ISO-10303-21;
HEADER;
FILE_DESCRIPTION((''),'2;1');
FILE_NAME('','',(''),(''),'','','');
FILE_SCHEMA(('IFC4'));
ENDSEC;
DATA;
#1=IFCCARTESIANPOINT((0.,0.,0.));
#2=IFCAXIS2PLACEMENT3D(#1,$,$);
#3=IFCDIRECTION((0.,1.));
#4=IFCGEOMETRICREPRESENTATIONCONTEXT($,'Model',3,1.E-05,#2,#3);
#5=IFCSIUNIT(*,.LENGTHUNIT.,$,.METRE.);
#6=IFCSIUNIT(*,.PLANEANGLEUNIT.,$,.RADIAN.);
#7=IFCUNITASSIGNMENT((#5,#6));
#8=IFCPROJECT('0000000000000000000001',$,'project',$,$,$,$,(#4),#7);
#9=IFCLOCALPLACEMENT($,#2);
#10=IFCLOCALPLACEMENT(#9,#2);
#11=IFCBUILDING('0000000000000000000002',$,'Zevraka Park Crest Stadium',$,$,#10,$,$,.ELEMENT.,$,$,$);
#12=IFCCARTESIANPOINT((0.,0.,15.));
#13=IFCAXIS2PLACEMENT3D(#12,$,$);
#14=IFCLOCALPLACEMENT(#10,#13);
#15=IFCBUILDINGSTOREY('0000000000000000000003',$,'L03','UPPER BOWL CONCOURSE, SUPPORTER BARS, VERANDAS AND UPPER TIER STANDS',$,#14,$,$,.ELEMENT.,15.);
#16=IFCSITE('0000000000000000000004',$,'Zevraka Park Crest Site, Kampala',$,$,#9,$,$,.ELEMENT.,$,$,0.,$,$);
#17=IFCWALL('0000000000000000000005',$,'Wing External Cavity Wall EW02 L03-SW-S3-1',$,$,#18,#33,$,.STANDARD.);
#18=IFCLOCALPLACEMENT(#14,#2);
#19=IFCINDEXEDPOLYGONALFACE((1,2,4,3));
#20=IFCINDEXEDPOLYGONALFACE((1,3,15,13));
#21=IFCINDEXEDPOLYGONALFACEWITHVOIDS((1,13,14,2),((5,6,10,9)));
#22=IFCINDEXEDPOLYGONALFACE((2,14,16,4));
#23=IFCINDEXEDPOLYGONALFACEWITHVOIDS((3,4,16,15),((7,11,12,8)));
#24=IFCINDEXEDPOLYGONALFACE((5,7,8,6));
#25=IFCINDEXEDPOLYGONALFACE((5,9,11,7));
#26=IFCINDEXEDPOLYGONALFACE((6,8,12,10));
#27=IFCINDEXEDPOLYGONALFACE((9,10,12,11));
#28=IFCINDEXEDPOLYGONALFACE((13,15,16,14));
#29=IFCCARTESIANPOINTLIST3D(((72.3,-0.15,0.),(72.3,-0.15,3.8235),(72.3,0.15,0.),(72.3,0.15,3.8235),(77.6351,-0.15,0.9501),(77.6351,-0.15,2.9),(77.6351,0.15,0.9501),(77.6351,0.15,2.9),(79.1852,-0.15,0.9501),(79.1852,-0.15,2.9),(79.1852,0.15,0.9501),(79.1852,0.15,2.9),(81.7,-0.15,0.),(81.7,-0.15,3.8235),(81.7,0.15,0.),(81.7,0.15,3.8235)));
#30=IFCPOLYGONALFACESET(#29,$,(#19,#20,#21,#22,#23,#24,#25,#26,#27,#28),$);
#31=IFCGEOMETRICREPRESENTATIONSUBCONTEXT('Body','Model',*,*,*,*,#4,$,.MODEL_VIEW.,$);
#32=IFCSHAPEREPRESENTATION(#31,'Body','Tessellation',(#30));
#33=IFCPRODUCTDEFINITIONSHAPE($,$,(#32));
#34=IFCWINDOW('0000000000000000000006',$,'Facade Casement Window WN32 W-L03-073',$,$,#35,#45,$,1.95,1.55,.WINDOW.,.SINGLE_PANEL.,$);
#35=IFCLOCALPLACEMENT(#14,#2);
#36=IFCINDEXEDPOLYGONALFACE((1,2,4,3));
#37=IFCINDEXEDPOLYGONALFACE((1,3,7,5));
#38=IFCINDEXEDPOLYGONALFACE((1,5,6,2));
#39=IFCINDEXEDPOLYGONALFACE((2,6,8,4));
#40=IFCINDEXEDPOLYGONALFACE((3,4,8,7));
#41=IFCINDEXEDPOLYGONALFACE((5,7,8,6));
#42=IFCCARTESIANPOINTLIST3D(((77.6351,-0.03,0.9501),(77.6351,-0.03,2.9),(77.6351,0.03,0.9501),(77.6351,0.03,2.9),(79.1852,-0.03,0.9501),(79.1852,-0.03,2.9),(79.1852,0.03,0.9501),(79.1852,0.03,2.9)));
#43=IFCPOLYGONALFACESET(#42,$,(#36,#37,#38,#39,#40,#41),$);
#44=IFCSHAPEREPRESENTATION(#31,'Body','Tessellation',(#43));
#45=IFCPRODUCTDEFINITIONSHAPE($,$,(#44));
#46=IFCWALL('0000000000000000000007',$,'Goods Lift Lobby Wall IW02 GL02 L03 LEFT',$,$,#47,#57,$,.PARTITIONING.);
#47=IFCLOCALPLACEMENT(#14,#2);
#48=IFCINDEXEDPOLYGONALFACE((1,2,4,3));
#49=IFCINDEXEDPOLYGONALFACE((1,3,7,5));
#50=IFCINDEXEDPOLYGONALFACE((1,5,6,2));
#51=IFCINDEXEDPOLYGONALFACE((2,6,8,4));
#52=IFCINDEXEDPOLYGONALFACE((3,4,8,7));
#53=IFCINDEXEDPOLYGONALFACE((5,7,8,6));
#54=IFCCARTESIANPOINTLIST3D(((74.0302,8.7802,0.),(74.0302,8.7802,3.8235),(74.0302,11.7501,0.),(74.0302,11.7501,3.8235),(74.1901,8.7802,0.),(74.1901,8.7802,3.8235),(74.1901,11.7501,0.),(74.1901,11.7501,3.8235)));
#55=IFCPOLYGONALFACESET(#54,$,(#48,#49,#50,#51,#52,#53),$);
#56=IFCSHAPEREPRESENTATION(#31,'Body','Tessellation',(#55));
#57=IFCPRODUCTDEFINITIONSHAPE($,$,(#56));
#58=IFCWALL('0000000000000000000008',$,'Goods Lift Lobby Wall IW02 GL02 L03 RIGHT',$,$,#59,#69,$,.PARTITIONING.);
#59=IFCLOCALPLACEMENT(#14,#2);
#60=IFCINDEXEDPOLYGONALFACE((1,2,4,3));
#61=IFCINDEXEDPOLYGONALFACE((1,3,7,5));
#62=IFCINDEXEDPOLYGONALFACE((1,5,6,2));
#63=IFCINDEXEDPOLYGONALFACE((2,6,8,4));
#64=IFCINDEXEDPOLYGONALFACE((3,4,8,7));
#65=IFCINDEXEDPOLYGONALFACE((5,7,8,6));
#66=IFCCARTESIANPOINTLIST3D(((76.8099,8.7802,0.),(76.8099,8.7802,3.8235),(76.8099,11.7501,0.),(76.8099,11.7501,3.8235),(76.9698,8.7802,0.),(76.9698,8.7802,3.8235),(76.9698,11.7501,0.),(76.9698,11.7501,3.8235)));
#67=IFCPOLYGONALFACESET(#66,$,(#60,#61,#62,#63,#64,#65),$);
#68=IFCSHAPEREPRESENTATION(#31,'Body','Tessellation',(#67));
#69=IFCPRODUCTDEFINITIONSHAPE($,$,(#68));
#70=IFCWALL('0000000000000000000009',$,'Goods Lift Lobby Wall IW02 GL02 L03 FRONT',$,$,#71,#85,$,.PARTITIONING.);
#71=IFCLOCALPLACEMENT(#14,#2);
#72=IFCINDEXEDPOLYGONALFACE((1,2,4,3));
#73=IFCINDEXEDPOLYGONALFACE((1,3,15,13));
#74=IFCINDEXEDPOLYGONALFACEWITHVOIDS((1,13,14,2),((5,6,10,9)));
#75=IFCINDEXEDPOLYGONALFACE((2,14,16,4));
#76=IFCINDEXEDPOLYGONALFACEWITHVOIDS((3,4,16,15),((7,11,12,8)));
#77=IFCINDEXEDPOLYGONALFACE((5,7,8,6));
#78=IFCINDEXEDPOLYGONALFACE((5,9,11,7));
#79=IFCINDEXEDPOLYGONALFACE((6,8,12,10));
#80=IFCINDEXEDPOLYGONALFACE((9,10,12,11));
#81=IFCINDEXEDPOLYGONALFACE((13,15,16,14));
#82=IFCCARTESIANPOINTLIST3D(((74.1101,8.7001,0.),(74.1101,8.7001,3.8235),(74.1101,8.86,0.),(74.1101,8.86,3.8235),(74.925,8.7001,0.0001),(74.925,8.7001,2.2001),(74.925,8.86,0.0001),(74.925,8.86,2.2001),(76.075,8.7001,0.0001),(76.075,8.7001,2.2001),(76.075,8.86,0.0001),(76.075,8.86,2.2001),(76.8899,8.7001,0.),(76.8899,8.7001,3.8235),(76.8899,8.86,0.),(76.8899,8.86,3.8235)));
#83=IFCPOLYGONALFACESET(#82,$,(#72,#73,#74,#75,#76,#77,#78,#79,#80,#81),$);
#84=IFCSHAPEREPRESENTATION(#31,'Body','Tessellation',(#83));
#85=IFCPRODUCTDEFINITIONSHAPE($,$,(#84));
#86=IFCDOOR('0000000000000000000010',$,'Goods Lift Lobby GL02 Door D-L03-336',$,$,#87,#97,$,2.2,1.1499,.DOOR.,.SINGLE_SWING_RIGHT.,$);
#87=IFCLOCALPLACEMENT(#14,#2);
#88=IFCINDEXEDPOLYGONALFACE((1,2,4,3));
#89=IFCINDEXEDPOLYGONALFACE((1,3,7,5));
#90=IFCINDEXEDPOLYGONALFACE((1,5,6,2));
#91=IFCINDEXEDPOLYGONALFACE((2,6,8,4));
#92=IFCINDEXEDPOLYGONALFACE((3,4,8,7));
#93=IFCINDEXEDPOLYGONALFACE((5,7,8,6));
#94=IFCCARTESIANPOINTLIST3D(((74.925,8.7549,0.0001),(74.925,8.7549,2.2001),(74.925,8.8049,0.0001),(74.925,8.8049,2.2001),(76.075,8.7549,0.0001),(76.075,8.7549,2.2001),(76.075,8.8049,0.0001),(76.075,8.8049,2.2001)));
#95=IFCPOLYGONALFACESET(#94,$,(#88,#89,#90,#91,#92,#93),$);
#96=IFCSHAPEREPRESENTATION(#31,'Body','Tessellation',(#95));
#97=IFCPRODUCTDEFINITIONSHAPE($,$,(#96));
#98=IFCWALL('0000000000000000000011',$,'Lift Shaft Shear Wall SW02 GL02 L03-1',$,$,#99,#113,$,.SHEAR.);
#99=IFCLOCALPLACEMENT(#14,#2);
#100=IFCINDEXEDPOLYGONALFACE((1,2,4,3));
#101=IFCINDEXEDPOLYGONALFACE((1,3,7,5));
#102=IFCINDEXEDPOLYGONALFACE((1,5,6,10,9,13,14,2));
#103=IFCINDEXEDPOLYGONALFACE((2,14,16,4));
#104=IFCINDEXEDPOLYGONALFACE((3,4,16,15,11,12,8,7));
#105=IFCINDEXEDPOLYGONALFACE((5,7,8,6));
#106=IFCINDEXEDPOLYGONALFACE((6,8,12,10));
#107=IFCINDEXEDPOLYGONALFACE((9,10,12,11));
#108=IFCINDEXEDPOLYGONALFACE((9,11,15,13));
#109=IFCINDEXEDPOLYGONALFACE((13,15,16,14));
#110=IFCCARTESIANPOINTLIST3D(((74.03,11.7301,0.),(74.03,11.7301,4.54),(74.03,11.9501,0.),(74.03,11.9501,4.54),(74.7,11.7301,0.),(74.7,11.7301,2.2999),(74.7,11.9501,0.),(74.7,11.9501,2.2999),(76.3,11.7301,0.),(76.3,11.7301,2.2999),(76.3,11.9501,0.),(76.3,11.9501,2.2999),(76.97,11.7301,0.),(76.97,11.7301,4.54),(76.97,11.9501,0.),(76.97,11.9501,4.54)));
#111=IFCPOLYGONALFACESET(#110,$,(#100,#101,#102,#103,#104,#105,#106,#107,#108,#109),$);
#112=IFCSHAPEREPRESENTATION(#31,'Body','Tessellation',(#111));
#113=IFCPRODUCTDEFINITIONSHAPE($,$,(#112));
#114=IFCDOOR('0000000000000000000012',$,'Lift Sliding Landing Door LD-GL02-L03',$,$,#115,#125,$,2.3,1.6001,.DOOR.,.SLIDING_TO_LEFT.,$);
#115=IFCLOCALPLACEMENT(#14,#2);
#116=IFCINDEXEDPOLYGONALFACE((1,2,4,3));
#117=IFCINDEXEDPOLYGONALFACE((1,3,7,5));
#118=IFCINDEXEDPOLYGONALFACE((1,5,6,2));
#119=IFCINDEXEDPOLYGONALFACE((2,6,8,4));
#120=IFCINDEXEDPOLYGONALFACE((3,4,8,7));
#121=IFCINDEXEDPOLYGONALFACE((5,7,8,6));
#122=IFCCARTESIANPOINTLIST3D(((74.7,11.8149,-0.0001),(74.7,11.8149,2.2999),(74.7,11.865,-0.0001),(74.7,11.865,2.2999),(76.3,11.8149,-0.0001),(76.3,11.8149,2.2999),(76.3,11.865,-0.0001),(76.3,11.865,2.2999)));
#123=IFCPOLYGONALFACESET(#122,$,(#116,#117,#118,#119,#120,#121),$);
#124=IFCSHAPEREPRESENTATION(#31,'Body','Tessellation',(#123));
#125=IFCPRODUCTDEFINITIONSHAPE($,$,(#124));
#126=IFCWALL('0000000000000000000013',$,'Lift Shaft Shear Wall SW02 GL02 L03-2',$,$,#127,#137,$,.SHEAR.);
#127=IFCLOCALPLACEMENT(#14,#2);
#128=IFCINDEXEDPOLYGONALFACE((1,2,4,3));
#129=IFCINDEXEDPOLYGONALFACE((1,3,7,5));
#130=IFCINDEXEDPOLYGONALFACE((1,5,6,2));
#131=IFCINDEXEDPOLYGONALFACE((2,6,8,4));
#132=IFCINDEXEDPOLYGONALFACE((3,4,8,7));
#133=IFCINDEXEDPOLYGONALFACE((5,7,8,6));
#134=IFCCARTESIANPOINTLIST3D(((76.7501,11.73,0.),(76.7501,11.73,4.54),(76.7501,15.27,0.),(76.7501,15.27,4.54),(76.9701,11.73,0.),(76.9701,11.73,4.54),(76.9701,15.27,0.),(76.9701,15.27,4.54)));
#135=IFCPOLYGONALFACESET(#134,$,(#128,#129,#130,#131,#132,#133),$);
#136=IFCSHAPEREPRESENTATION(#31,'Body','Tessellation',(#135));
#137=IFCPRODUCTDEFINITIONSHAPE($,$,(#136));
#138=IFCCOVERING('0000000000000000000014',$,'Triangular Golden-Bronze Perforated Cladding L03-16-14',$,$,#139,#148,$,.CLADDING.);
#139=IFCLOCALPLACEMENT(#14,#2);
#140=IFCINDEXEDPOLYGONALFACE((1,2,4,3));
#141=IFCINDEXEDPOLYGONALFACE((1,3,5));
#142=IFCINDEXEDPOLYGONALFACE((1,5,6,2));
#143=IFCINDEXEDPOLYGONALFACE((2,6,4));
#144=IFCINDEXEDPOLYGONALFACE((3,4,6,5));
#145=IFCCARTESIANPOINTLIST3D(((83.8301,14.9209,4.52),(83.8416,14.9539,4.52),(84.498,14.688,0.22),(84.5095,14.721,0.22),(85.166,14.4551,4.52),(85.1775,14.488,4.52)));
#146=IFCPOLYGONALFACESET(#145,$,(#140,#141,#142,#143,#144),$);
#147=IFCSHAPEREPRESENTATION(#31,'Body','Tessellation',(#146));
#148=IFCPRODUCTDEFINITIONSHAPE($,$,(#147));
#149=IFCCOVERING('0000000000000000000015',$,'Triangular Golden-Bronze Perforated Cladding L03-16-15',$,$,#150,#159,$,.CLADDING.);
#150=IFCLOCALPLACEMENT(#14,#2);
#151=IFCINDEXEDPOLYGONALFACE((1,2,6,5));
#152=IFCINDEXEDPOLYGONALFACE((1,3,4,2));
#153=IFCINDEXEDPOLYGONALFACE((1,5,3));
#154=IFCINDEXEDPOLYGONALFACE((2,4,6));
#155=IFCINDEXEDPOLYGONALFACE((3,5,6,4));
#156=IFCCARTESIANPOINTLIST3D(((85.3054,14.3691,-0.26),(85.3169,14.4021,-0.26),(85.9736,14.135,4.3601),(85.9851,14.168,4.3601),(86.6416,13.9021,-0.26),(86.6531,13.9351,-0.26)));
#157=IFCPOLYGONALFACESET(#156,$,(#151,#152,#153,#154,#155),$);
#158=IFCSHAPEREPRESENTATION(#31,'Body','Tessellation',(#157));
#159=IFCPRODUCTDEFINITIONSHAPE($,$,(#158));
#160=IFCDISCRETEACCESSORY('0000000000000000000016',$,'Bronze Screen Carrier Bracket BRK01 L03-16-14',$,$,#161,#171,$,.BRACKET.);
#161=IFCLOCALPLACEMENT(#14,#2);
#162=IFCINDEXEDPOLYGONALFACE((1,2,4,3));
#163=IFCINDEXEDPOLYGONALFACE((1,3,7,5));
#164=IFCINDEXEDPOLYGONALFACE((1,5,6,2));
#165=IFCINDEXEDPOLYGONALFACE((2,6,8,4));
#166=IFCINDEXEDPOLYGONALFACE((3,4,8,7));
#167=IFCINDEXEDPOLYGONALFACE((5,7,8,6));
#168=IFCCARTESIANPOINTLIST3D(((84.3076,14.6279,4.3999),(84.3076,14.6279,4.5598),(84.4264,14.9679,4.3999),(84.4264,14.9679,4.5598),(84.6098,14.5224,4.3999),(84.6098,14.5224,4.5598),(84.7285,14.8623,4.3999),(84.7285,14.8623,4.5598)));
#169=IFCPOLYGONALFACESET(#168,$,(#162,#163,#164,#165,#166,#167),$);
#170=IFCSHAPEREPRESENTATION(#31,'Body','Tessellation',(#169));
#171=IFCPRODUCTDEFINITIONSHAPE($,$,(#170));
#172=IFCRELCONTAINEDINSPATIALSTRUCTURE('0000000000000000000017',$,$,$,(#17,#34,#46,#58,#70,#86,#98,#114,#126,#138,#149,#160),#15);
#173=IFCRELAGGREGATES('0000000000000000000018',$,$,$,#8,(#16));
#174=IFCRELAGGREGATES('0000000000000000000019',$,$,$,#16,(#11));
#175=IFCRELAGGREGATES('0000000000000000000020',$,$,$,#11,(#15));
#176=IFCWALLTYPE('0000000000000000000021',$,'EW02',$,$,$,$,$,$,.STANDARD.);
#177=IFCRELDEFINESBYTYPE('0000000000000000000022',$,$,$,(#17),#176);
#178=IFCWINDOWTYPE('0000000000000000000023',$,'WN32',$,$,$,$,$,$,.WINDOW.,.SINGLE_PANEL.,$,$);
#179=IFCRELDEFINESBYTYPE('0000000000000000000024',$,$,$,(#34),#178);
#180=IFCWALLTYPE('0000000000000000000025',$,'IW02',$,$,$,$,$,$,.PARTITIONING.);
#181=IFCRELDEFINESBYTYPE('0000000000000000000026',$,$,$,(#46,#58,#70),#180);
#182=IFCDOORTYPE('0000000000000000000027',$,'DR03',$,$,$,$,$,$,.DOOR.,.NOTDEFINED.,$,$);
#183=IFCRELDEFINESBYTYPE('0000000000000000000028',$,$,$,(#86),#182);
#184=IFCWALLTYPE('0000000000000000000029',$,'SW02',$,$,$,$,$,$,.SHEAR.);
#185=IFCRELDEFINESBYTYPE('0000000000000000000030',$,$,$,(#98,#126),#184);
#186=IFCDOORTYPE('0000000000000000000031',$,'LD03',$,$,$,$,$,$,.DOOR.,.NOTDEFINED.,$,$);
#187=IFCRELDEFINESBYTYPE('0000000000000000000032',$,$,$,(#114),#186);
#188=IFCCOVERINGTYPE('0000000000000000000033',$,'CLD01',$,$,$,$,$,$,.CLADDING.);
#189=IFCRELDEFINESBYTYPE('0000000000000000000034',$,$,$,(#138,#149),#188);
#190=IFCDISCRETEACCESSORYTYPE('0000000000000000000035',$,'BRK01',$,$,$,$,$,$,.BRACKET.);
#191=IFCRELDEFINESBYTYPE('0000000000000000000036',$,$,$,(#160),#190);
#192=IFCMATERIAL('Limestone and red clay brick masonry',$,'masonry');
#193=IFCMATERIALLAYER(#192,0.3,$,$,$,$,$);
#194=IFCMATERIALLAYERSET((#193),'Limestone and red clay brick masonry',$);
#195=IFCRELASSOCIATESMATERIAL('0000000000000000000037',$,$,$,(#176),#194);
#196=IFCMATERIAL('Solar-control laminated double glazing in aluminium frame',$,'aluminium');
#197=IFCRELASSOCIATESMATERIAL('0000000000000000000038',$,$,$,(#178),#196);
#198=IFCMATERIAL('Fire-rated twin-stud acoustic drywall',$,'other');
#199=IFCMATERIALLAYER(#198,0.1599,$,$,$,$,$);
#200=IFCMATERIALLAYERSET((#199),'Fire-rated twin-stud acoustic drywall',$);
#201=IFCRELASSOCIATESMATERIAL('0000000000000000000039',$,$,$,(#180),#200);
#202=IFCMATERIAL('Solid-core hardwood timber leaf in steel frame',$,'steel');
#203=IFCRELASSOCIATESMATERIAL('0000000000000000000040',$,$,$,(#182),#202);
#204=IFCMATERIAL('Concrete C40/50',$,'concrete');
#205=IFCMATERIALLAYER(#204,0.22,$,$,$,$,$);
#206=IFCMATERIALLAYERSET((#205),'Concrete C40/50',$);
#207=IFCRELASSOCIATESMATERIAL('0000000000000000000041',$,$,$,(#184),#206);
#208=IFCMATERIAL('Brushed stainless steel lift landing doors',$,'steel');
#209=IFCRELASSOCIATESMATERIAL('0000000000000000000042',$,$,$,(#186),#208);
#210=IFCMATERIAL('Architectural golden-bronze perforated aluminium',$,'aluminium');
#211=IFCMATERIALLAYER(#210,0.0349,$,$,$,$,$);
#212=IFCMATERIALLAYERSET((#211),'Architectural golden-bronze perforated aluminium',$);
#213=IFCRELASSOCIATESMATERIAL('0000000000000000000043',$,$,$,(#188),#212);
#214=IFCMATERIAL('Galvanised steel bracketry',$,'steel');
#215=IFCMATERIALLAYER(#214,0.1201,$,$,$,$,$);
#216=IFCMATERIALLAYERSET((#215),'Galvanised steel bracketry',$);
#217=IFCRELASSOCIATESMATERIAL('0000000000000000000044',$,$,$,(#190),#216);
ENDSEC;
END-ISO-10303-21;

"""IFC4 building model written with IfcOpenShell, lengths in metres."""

from ifc_helpers import new_model, si_unit, direction, frame, frame_2d, origin, origin_2d, place, context, subcontext, project, spatial, polyline, rectangle, outline, extrude, material, layer, layer_set, type_object, element, fill, save


model = new_model("IFC4")

# Units and contexts
model_context = context("Model", 3, precision=1e-05, world=origin(), true_north=direction((0.0, 1.0)))
body_context = subcontext(model_context, "Body", "Model", "MODEL_VIEW")
ifc_project = project(units=[si_unit("LENGTHUNIT", "METRE"), si_unit("PLANEANGLEUNIT", "RADIAN")], contexts=[model_context])

# Site, building, storey
site_placement = place(None, origin())
site = spatial("IfcSite", under=ifc_project, at=site_placement, Name="Zevraka Park Crest Site, Kampala", CompositionType="ELEMENT", RefElevation=0.0)
building_placement = place(site_placement, origin())
building = spatial("IfcBuilding", under=site, at=building_placement, Name="Zevraka Park Crest Stadium", CompositionType="ELEMENT")
storey_placement = place(building_placement, frame((0.0, 0.0, 15.0)))
storey = spatial("IfcBuildingStorey", under=building, at=storey_placement, Name="L03", Description="UPPER BOWL CONCOURSE, SUPPORTER BARS, VERANDAS AND UPPER TIER STANDS", CompositionType="ELEMENT", Elevation=15.0)

# Wall, opening, window
ifc_material_1 = material(Name="Limestone and red clay brick masonry", Category="masonry")
ifc_layer_1 = layer(ifc_material_1, 0.3)
ifc_layer_set_1 = layer_set([ifc_layer_1], Name="Limestone and red clay brick masonry")
wall_type_1 = type_object("IfcWallType", Name="EW02", PredefinedType="STANDARD", material=ifc_layer_set_1)
wall_1_placement = place(storey_placement, frame((81.7, 0.0, 0.0), z_axis=(0.0, 0.0, 1.0), x_axis=(-1.0, 0.0, 0.0)))
wall_1 = element("IfcWall", 1, at=wall_1_placement, inside=storey, type_object=wall_type_1, Name="Wing External Cavity Wall EW02 L03-SW-S3-1", PredefinedType="STANDARD", context=body_context, shape_type="SweptSolid", body=[
    extrude(rectangle(XDim=9.3999, YDim=0.3, at=frame_2d((4.7, 0.0))), origin(), (0.0, 0.0, 1.0), 3.8235),
])
opening_1_placement = place(wall_1_placement, frame((2.5149, 0.0, 0.95)))
opening_1 = element("IfcOpeningElement", 2, at=opening_1_placement, cuts=wall_1, PredefinedType="OPENING", context=body_context, shape_type="SweptSolid", body=[
    extrude(rectangle(XDim=1.55, YDim=1.95, at=frame_2d((0.7749, 0.9751))), frame((0.0, 0.1599, 0.0), z_axis=(0.0, -1.0, 0.0), x_axis=(1.0, 0.0, 0.0)), (0.0, 0.0, 1.0), 0.3201),
])
ifc_material_2 = material(Name="Solar-control laminated double glazing in aluminium frame", Category="aluminium")
window_type = type_object("IfcWindowType", Name="WN32", PartitioningType="SINGLE_PANEL", PredefinedType="WINDOW", material=ifc_material_2)
window_placement = place(opening_1_placement, origin())
window = element("IfcWindow", 3, at=window_placement, inside=storey, type_object=window_type, Name="Facade Casement Window WN32 W-L03-073", OverallHeight=1.95, OverallWidth=1.55, PartitioningType="SINGLE_PANEL", PredefinedType="WINDOW", context=body_context, shape_type="SweptSolid", body=[
    extrude(rectangle(XDim=1.55, YDim=1.95, at=frame_2d((0.7749, 0.9751))), frame((0.0, 0.03, 0.0), z_axis=(0.0, -1.0, 0.0), x_axis=(1.0, 0.0, 0.0)), (0.0, 0.0, 1.0), 0.0601),
])
fill(opening_1, window)

# Walls
ifc_material_3 = material(Name="Fire-rated twin-stud acoustic drywall", Category="other")
ifc_layer_2 = layer(ifc_material_3, 0.1599)
ifc_layer_set_2 = layer_set([ifc_layer_2], Name="Fire-rated twin-stud acoustic drywall")
wall_type_2 = type_object("IfcWallType", Name="IW02", PredefinedType="PARTITIONING", material=ifc_layer_set_2)
for number, where, z_axis, x_axis, name in (
    (4, (74.1101, 11.75, 0.0), (0.0, 0.0, 1.0), (0.0, -1.0, 0.0), "Goods Lift Lobby Wall IW02 GL02 L03 LEFT"),
    (5, (76.8899, 11.75, 0.0), (0.0, 0.0, 1.0), (0.0, -1.0, 0.0), "Goods Lift Lobby Wall IW02 GL02 L03 RIGHT"),
):
    element("IfcWall", number, at=place(storey_placement, frame(where, z_axis=z_axis, x_axis=x_axis)), inside=storey, type_object=wall_type_2, Name=name, PredefinedType="PARTITIONING", context=body_context, shape_type="SweptSolid", body=[
        extrude(rectangle(XDim=2.97, YDim=0.1599, at=frame_2d((1.4849, 0.0))), origin(), (0.0, 0.0, 1.0), 3.8235),
    ])

# Walls, openings, doors
wall_2_placement = place(storey_placement, frame((74.1101, 8.78, 0.0), z_axis=(0.0, 0.0, 1.0), x_axis=(1.0, 0.0, 0.0)))
wall_2 = element("IfcWall", 6, at=wall_2_placement, inside=storey, type_object=wall_type_2, Name="Goods Lift Lobby Wall IW02 GL02 L03 FRONT", PredefinedType="PARTITIONING", context=body_context, shape_type="SweptSolid", body=[
    extrude(rectangle(XDim=2.7798, YDim=0.1599, at=frame_2d((1.3899, 0.0))), origin(), (0.0, 0.0, 1.0), 3.8235),
])
opening_2_placement = place(wall_2_placement, frame((0.8149, 0.0, 0.0)))
opening_2 = element("IfcOpeningElement", 7, at=opening_2_placement, cuts=wall_2, PredefinedType="OPENING", context=body_context, shape_type="SweptSolid", body=[
    extrude(rectangle(XDim=1.1499, YDim=2.2, at=frame_2d((0.575, 1.1001))), frame((0.0, 0.0898, 0.0), z_axis=(0.0, -1.0, 0.0), x_axis=(1.0, 0.0, 0.0)), (0.0, 0.0, 1.0), 0.1799),
])
ifc_material_4 = material(Name="Solid-core hardwood timber leaf in steel frame", Category="steel")
door_type_1 = type_object("IfcDoorType", Name="DR03", OperationType="NOTDEFINED", PredefinedType="DOOR", material=ifc_material_4)
door_1_placement = place(opening_2_placement, origin())
door_1 = element("IfcDoor", 8, at=door_1_placement, inside=storey, type_object=door_type_1, Name="Goods Lift Lobby GL02 Door D-L03-336", OperationType="SINGLE_SWING_RIGHT", OverallHeight=2.2, OverallWidth=1.1499, PredefinedType="DOOR", context=body_context, shape_type="SweptSolid", body=[
    extrude(rectangle(XDim=1.1499, YDim=2.2, at=frame_2d((0.575, 1.1001))), frame((0.0, 0.0249, 0.0), z_axis=(0.0, -1.0, 0.0), x_axis=(1.0, 0.0, 0.0)), (0.0, 0.0, 1.0), 0.05),
])
fill(opening_2, door_1)
ifc_material_5 = material(Name="Concrete C40/50", Category="concrete")
ifc_layer_3 = layer(ifc_material_5, 0.22)
ifc_layer_set_3 = layer_set([ifc_layer_3], Name="Concrete C40/50")
wall_type_3 = type_object("IfcWallType", Name="SW02", PredefinedType="SHEAR", material=ifc_layer_set_3)
wall_3_placement = place(storey_placement, frame((74.03, 11.8401, 0.0), z_axis=(0.0, 0.0, 1.0), x_axis=(1.0, 0.0, 0.0)))
wall_3 = element("IfcWall", 9, at=wall_3_placement, inside=storey, type_object=wall_type_3, Name="Lift Shaft Shear Wall SW02 GL02 L03-1", PredefinedType="SHEAR", context=body_context, shape_type="SweptSolid", body=[
    extrude(rectangle(XDim=2.9399, YDim=0.22, at=frame_2d((1.47, 0.0))), origin(), (0.0, 0.0, 1.0), 4.54),
])
opening_3_placement = place(wall_3_placement, frame((0.6699, 0.0, 0.0)))
opening_3 = element("IfcOpeningElement", 10, at=opening_3_placement, cuts=wall_3, PredefinedType="OPENING", context=body_context, shape_type="SweptSolid", body=[
    extrude(rectangle(XDim=1.6001, YDim=2.3, at=frame_2d((0.8, 1.1499))), frame((0.0, 0.1199, 0.0), z_axis=(0.0, -1.0, 0.0), x_axis=(1.0, 0.0, 0.0)), (0.0, 0.0, 1.0), 0.24),
])
ifc_material_6 = material(Name="Brushed stainless steel lift landing doors", Category="steel")
door_type_2 = type_object("IfcDoorType", Name="LD03", OperationType="NOTDEFINED", PredefinedType="DOOR", material=ifc_material_6)
door_2_placement = place(opening_3_placement, origin())
door_2 = element("IfcDoor", 11, at=door_2_placement, inside=storey, type_object=door_type_2, Name="Lift Sliding Landing Door LD-GL02-L03", OperationType="SLIDING_TO_LEFT", OverallHeight=2.3, OverallWidth=1.6001, PredefinedType="DOOR", context=body_context, shape_type="SweptSolid", body=[
    extrude(rectangle(XDim=1.6001, YDim=2.3, at=frame_2d((0.8, 1.1499))), frame((0.0, 0.0249, 0.0), z_axis=(0.0, -1.0, 0.0), x_axis=(1.0, 0.0, 0.0)), (0.0, 0.0, 1.0), 0.05),
])
fill(opening_3, door_2)

# Wall
wall_4_placement = place(storey_placement, frame((76.8601, 11.73, 0.0), z_axis=(0.0, 0.0, 1.0), x_axis=(0.0, 1.0, 0.0)))
element("IfcWall", 12, at=wall_4_placement, inside=storey, type_object=wall_type_3, Name="Lift Shaft Shear Wall SW02 GL02 L03-2", PredefinedType="SHEAR", context=body_context, shape_type="SweptSolid", body=[
    extrude(rectangle(XDim=3.54, YDim=0.22, at=frame_2d((1.77, 0.0))), origin(), (0.0, 0.0, 1.0), 4.54),
])

# Coverings
ifc_material_7 = material(Name="Architectural golden-bronze perforated aluminium", Category="aluminium")
ifc_layer_4 = layer(ifc_material_7, 0.0349)
ifc_layer_set_4 = layer_set([ifc_layer_4], Name="Architectural golden-bronze perforated aluminium")
covering_type = type_object("IfcCoveringType", Name="CLD01", PredefinedType="CLADDING", material=ifc_layer_set_4)
covering_1_placement = place(storey_placement, frame((85.166, 14.4551, 4.52), z_axis=(-0.329243, -0.944245, 0.0), x_axis=(-0.944245, 0.329243, 0.0)))
element("IfcCovering", 13, at=covering_1_placement, inside=storey, type_object=covering_type, Name="Triangular Golden-Bronze Perforated Cladding L03-16-14", PredefinedType="CLADDING", context=body_context, shape_type="SweptSolid", body=[
    extrude(outline(polyline([(0.0, 0.0), (1.4148, 0.0), (0.7074, 4.3), (0.0, 0.0)])), origin(), (0.0, 0.0, -1.0), 0.0349),
])
covering_2_placement = place(storey_placement, frame((85.3169, 14.4021, -0.26), z_axis=(0.329959, 0.943995, 0.000116), x_axis=(0.943995, -0.329959, 0.0)))
element("IfcCovering", 14, at=covering_2_placement, inside=storey, type_object=covering_type, Name="Triangular Golden-Bronze Perforated Cladding L03-16-15", PredefinedType="CLADDING", context=body_context, shape_type="SweptSolid", body=[
    extrude(outline(polyline([(0.0, 0.0), (1.4155, 0.0), (0.708, -4.6201), (0.0, 0.0)])), origin(), (0.0, 0.0, -1.0), 0.0349),
])

# Discrete accessory
ifc_material_8 = material(Name="Galvanised steel bracketry", Category="steel")
ifc_layer_5 = layer(ifc_material_8, 0.1201)
ifc_layer_set_5 = layer_set([ifc_layer_5], Name="Galvanised steel bracketry")
discrete_accessory_type = type_object("IfcDiscreteAccessoryType", Name="BRK01", PredefinedType="BRACKET", material=ifc_layer_set_5)
discrete_accessory_placement = place(storey_placement, frame((84.5181, 14.7451, 4.3999), z_axis=(0.0, 0.0, 1.0), x_axis=(0.944031, -0.329855, 0.0)))
element("IfcDiscreteAccessory", 15, at=discrete_accessory_placement, inside=storey, type_object=discrete_accessory_type, Name="Bronze Screen Carrier Bracket BRK01 L03-16-14", PredefinedType="BRACKET", context=body_context, shape_type="SweptSolid", body=[
    extrude(rectangle(XDim=0.3201, YDim=0.3601, at=origin_2d()), origin(), (0.0, 0.0, 1.0), 0.1599),
])

save(model, "model.ifc")
